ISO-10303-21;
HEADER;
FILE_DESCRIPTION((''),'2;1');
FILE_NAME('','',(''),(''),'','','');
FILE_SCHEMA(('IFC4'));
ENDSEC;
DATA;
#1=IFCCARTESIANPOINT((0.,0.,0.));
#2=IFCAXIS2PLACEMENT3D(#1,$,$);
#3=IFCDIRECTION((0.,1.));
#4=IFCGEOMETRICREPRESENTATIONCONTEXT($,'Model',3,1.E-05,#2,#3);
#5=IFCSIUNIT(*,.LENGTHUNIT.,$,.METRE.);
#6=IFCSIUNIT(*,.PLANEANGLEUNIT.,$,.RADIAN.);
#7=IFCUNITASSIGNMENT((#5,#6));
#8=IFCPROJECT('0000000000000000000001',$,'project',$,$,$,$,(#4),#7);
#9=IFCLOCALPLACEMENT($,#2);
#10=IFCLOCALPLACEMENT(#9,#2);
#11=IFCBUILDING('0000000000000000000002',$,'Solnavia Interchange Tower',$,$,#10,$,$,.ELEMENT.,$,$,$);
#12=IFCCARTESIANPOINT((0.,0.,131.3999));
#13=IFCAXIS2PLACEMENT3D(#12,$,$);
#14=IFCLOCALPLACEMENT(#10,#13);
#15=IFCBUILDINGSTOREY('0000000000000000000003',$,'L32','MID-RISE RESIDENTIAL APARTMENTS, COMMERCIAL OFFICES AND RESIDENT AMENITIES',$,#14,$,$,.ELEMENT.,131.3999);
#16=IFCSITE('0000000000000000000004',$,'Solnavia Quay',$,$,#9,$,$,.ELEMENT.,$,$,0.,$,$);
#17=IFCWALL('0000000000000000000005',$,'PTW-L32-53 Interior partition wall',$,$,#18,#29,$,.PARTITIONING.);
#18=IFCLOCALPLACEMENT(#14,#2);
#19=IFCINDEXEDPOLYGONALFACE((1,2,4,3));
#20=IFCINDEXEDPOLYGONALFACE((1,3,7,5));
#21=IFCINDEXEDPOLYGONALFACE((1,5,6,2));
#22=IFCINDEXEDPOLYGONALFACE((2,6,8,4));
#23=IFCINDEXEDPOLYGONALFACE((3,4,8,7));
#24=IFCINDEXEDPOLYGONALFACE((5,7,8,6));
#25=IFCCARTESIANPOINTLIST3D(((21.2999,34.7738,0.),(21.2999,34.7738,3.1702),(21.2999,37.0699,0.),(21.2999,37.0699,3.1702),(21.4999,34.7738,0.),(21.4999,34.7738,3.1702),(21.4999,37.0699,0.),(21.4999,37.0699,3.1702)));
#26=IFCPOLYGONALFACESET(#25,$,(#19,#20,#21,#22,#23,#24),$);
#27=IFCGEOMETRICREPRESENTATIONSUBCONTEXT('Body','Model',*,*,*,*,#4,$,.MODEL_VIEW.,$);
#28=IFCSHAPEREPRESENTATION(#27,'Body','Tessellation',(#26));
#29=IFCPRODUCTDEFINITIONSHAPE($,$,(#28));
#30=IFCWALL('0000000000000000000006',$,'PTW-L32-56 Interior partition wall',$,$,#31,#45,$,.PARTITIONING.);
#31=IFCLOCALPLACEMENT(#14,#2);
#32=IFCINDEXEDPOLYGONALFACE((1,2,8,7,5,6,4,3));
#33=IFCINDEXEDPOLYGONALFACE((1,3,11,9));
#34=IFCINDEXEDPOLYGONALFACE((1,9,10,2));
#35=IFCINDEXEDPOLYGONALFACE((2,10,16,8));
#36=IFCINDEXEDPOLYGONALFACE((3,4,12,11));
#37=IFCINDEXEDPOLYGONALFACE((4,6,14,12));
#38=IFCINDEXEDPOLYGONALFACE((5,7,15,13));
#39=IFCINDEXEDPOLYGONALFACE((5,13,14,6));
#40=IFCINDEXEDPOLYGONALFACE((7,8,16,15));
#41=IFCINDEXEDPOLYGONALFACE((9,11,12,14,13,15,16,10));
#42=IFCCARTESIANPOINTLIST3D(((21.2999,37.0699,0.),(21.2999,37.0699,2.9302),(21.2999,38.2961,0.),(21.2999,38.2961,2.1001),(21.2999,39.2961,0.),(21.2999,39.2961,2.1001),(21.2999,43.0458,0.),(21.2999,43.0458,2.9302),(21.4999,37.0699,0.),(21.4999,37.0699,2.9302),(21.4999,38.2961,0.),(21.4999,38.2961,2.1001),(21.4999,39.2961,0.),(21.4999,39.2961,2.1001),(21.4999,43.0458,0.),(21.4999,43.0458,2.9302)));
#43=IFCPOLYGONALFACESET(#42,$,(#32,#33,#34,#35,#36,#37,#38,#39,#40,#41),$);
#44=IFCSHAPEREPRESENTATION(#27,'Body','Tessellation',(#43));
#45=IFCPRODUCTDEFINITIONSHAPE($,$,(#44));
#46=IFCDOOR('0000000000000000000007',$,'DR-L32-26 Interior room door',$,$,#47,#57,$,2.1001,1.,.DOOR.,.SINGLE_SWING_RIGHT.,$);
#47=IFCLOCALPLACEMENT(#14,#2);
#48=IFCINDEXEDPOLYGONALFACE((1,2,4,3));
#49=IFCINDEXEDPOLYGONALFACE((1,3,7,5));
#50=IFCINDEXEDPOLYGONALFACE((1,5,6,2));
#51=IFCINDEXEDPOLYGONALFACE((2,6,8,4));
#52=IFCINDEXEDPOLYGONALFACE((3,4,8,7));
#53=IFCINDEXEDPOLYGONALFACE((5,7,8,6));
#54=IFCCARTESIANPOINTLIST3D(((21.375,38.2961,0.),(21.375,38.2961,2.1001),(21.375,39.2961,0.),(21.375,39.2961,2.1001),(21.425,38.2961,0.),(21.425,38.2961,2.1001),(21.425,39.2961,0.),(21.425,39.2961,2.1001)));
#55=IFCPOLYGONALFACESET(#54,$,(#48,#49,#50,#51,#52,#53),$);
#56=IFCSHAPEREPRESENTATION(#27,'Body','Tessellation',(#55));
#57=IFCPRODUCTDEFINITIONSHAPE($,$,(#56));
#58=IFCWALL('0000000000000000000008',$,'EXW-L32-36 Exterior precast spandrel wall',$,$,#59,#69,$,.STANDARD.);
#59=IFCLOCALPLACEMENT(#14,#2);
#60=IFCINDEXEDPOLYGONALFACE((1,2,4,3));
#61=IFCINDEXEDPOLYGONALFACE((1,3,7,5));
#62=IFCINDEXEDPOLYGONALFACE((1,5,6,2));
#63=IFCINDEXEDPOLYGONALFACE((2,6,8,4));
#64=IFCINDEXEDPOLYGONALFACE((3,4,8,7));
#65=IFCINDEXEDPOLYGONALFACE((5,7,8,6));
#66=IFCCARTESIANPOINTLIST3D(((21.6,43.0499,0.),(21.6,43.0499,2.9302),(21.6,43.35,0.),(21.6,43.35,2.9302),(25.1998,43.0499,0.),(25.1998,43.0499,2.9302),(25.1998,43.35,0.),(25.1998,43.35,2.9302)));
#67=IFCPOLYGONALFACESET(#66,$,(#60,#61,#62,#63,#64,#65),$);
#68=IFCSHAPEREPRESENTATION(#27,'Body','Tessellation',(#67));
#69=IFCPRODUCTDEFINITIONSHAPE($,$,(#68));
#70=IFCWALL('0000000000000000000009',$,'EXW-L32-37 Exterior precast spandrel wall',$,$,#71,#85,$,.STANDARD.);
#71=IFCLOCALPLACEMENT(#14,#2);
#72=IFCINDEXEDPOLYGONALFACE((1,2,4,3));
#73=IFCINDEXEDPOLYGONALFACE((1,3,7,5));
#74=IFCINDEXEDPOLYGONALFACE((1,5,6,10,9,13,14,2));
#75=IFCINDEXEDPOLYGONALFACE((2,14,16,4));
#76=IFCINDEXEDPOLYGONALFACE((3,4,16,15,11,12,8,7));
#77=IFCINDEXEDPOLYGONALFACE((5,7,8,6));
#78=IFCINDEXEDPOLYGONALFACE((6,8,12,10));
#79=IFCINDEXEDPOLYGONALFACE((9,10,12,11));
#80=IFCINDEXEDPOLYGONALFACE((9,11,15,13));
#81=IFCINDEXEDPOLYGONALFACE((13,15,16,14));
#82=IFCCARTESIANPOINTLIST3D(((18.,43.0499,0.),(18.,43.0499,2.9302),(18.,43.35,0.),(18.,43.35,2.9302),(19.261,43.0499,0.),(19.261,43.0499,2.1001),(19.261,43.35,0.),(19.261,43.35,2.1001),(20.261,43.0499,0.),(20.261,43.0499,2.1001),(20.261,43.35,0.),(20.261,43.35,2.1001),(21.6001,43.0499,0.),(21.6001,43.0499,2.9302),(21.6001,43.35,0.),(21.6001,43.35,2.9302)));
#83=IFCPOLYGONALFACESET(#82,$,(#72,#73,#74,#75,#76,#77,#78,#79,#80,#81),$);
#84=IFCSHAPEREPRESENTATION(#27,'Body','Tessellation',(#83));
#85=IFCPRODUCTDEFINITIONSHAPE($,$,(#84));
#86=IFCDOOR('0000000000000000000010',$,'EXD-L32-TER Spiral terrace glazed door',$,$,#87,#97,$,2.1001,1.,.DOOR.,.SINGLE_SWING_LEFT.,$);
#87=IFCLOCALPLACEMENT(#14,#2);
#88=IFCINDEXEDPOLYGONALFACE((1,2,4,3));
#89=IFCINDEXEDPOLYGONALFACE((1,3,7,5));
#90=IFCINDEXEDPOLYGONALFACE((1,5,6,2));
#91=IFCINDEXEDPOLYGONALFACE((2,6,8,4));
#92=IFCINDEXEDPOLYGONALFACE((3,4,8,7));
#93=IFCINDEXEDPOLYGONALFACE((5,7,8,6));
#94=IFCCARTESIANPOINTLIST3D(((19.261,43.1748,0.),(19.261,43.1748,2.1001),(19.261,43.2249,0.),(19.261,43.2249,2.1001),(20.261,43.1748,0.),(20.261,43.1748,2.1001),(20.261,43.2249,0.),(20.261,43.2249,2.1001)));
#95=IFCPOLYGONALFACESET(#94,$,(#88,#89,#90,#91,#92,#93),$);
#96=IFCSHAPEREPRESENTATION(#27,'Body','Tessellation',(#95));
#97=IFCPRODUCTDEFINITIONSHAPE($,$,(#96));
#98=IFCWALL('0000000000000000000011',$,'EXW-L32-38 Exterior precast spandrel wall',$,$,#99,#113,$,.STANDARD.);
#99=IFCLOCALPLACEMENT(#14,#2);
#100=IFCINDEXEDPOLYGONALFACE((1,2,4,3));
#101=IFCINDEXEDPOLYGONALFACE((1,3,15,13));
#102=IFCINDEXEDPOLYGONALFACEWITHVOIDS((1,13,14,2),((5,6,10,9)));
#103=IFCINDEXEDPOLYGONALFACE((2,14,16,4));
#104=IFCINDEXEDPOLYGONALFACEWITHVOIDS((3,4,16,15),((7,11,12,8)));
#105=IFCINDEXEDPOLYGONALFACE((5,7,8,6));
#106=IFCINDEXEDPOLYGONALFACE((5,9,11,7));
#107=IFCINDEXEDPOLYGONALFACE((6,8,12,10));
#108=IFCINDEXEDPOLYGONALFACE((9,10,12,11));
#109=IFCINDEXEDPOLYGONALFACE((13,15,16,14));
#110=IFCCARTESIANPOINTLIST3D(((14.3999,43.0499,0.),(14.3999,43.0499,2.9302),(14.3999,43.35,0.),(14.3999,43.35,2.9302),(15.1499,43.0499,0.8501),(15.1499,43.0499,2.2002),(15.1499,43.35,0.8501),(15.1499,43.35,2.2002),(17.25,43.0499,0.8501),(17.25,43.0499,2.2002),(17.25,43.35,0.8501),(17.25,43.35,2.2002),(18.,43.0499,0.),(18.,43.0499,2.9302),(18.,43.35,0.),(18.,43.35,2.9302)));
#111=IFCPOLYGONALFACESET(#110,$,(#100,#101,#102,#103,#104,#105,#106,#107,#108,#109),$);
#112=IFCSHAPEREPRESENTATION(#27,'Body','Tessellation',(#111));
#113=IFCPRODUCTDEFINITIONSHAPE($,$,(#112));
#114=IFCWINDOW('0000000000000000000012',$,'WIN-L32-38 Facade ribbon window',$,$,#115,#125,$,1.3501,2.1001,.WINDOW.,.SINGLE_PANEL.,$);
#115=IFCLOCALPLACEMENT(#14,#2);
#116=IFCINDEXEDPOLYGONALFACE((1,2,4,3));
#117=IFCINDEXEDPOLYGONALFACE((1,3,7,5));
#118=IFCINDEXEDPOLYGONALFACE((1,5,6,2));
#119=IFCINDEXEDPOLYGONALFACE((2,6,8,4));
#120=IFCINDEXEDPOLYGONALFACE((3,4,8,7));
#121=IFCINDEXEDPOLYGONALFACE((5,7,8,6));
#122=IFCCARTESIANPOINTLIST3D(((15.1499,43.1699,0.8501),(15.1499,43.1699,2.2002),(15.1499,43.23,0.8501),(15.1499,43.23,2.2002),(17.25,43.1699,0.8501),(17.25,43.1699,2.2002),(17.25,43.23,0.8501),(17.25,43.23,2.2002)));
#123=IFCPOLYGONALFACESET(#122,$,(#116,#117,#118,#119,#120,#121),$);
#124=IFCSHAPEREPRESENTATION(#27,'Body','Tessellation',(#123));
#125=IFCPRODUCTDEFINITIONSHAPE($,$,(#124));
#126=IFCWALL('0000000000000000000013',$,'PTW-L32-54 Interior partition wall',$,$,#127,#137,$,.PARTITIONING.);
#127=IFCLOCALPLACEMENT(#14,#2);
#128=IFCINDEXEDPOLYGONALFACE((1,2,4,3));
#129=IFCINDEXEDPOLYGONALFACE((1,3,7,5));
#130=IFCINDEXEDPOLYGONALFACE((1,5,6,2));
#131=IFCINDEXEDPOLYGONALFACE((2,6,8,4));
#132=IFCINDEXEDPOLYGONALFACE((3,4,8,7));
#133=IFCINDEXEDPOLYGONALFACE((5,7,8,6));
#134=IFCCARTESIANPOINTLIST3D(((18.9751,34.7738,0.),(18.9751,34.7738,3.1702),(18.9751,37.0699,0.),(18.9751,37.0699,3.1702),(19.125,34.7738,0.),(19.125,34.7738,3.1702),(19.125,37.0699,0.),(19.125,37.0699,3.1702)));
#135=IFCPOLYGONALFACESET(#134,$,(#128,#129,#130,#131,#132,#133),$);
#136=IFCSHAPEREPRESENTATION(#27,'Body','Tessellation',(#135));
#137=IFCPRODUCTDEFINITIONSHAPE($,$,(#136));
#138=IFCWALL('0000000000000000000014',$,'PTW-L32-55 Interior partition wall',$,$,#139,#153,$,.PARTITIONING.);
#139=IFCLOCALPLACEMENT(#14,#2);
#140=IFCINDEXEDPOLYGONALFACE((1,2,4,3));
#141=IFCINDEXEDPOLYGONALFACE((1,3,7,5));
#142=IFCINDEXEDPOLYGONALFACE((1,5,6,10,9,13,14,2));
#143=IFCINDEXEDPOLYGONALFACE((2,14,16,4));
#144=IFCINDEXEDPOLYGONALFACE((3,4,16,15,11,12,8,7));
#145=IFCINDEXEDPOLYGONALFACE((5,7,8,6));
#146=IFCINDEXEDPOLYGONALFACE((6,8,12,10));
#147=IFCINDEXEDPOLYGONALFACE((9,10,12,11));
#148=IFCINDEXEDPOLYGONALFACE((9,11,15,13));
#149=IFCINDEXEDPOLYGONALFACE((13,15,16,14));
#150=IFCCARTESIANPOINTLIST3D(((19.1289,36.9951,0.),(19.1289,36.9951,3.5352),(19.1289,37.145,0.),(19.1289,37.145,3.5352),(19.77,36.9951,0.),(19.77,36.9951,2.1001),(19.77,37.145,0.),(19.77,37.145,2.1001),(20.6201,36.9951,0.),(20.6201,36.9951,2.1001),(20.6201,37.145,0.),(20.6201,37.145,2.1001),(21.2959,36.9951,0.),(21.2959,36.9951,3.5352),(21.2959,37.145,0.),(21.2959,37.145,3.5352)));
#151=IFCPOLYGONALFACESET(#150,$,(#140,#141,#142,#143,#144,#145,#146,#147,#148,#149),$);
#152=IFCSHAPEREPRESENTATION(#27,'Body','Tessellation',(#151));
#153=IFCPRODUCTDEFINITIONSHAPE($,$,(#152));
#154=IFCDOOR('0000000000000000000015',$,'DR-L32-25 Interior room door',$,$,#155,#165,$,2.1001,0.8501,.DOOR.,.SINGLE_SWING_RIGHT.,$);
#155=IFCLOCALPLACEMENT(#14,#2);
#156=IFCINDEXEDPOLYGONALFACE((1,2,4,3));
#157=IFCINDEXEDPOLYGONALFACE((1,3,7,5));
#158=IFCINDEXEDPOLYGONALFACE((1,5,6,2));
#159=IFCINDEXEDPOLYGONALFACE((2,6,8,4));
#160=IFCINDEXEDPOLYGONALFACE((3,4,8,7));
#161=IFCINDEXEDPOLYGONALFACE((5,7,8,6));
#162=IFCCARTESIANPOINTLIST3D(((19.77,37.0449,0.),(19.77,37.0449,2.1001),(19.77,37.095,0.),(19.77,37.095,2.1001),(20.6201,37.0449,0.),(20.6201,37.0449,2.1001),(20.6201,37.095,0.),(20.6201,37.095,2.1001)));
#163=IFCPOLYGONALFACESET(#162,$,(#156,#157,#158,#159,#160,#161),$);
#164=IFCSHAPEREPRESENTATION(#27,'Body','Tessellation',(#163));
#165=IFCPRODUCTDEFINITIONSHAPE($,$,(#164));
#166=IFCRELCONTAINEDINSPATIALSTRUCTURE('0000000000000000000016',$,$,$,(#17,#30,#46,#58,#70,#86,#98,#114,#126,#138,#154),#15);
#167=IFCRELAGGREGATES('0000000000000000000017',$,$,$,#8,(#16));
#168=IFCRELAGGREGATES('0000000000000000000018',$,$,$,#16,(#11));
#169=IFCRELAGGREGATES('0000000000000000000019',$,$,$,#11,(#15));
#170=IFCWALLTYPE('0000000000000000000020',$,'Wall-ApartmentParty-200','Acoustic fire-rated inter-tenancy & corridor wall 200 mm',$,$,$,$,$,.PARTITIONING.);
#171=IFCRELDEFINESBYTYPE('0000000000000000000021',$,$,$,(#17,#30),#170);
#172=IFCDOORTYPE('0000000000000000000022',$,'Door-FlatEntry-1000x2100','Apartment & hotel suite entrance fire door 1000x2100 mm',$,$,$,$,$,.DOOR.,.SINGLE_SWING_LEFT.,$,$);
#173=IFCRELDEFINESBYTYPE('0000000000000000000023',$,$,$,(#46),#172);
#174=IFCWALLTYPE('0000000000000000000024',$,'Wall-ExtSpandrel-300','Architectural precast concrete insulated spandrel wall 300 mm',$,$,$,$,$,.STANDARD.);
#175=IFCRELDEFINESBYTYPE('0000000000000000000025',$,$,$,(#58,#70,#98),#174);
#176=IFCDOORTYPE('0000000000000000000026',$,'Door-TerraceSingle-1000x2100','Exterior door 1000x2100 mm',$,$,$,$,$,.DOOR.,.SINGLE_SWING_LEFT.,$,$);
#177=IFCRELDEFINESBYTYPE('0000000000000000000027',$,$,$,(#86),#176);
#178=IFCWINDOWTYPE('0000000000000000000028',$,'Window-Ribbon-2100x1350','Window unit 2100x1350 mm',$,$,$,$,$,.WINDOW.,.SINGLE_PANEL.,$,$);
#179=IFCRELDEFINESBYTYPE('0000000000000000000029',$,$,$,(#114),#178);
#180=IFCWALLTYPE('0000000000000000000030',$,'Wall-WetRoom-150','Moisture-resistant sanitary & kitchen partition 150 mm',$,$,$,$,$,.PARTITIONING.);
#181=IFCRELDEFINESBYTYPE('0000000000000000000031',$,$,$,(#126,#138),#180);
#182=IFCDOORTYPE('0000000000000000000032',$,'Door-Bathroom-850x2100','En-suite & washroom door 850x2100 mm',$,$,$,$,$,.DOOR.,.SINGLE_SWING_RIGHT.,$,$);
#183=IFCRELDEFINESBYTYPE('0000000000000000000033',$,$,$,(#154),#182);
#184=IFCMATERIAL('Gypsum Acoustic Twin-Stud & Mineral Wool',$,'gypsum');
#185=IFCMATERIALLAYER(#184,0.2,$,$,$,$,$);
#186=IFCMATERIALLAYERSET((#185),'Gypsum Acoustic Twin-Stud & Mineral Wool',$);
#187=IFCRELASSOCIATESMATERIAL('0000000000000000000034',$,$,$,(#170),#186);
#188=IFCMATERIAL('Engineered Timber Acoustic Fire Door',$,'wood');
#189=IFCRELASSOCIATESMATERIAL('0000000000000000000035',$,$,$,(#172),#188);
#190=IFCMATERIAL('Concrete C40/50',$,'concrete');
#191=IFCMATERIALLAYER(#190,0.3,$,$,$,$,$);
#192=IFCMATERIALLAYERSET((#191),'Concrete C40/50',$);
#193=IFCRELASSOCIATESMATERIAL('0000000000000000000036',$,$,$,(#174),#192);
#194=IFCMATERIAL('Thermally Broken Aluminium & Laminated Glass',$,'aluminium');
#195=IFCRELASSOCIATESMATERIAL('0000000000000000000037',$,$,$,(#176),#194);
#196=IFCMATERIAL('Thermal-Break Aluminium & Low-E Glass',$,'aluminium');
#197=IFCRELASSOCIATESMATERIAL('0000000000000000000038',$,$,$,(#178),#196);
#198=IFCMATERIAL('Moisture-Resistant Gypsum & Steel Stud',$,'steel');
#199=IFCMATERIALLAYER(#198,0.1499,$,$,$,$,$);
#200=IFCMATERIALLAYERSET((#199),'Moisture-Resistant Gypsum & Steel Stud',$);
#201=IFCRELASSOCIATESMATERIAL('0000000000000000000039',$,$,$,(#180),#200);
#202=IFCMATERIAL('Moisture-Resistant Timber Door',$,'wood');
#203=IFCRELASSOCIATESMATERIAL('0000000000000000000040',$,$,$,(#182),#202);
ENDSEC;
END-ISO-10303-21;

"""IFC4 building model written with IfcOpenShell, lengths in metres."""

from ifc_helpers import new_model, si_unit, direction, frame, frame_2d, origin, place, context, subcontext, project, spatial, rectangle, extrude, material, layer, layer_set, type_object, element, fill, save


model = new_model("IFC4")

# Units and contexts
model_context = context("Model", 3, precision=1e-05, world=origin(), true_north=direction((0.0, 1.0)))
body_context = subcontext(model_context, "Body", "Model", "MODEL_VIEW")
ifc_project = project(units=[si_unit("LENGTHUNIT", "METRE"), si_unit("PLANEANGLEUNIT", "RADIAN")], contexts=[model_context])

# Site, building, storey
site_placement = place(None, origin())
site = spatial("IfcSite", under=ifc_project, at=site_placement, Name="Solnavia Quay", CompositionType="ELEMENT", RefElevation=0.0)
building_placement = place(site_placement, origin())
building = spatial("IfcBuilding", under=site, at=building_placement, Name="Solnavia Interchange Tower", CompositionType="ELEMENT")
storey_placement = place(building_placement, frame((0.0, 0.0, 131.3999)))
storey = spatial("IfcBuildingStorey", under=building, at=storey_placement, Name="L32", Description="MID-RISE RESIDENTIAL APARTMENTS, COMMERCIAL OFFICES AND RESIDENT AMENITIES", CompositionType="ELEMENT", Elevation=131.3999)

# Wall
ifc_material_1 = material(Name="Gypsum Acoustic Twin-Stud & Mineral Wool", Category="gypsum")
ifc_layer_1 = layer(ifc_material_1, 0.2)
ifc_layer_set_1 = layer_set([ifc_layer_1], Name="Gypsum Acoustic Twin-Stud & Mineral Wool")
wall_type_1 = type_object("IfcWallType", Name="Wall-ApartmentParty-200", Description="Acoustic fire-rated inter-tenancy & corridor wall 200 mm", PredefinedType="PARTITIONING", material=ifc_layer_set_1)
wall_1_placement = place(storey_placement, frame((21.3999, 34.7739, 0.0), z_axis=(0.0, 0.0, 1.0), x_axis=(0.0, 1.0, 0.0)))
element("IfcWall", 1, at=wall_1_placement, inside=storey, type_object=wall_type_1, Name="PTW-L32-53 Interior partition wall", PredefinedType="PARTITIONING", context=body_context, shape_type="SweptSolid", body=[
    extrude(rectangle(XDim=2.2961, YDim=0.2, at=frame_2d((1.1479, 0.0))), origin(), (0.0, 0.0, 1.0), 3.1702),
])

# Wall, opening, door
wall_2_placement = place(storey_placement, frame((21.3999, 37.0701, 0.0), z_axis=(0.0, 0.0, 1.0), x_axis=(0.0, 1.0, 0.0)))
wall_2 = element("IfcWall", 2, at=wall_2_placement, inside=storey, type_object=wall_type_1, Name="PTW-L32-56 Interior partition wall", PredefinedType="PARTITIONING", context=body_context, shape_type="SweptSolid", body=[
    extrude(rectangle(XDim=5.9758, YDim=0.2, at=frame_2d((2.9878, 0.0))), origin(), (0.0, 0.0, 1.0), 2.9302),
])
opening_1_placement = place(wall_2_placement, frame((1.2261, 0.0, 0.0)))
opening_1 = element("IfcOpeningElement", 3, at=opening_1_placement, cuts=wall_2, PredefinedType="OPENING", context=body_context, shape_type="SweptSolid", body=[
    extrude(rectangle(XDim=1.0, YDim=2.1001, at=frame_2d((0.5, 1.05))), frame((0.0, 0.1099, 0.0), z_axis=(0.0, -1.0, 0.0), x_axis=(1.0, 0.0, 0.0)), (0.0, 0.0, 1.0), 0.22),
])
ifc_material_2 = material(Name="Engineered Timber Acoustic Fire Door", Category="wood")
door_type_1 = type_object("IfcDoorType", Name="Door-FlatEntry-1000x2100", Description="Apartment & hotel suite entrance fire door 1000x2100 mm", OperationType="SINGLE_SWING_LEFT", PredefinedType="DOOR", material=ifc_material_2)
door_1_placement = place(opening_1_placement, origin())
door_1 = element("IfcDoor", 4, at=door_1_placement, inside=storey, type_object=door_type_1, Name="DR-L32-26 Interior room door", OperationType="SINGLE_SWING_RIGHT", OverallHeight=2.1001, OverallWidth=1.0, PredefinedType="DOOR", context=body_context, shape_type="SweptSolid", body=[
    extrude(rectangle(XDim=1.0, YDim=2.1001, at=frame_2d((0.5, 1.05))), frame((0.0, 0.0249, 0.0), z_axis=(0.0, -1.0, 0.0), x_axis=(1.0, 0.0, 0.0)), (0.0, 0.0, 1.0), 0.05),
])
fill(opening_1, door_1)

# Wall
ifc_material_3 = material(Name="Concrete C40/50", Category="concrete")
ifc_layer_2 = layer(ifc_material_3, 0.3)
ifc_layer_set_2 = layer_set([ifc_layer_2], Name="Concrete C40/50")
wall_type_2 = type_object("IfcWallType", Name="Wall-ExtSpandrel-300", Description="Architectural precast concrete insulated spandrel wall 300 mm", PredefinedType="STANDARD", material=ifc_layer_set_2)
wall_3_placement = place(storey_placement, frame((21.6001, 43.2, 0.0), z_axis=(0.0, 0.0, 1.0), x_axis=(1.0, 0.0, 0.0)))
element("IfcWall", 5, at=wall_3_placement, inside=storey, type_object=wall_type_2, Name="EXW-L32-36 Exterior precast spandrel wall", PredefinedType="STANDARD", context=body_context, shape_type="SweptSolid", body=[
    extrude(rectangle(XDim=3.5999, YDim=0.3, at=frame_2d((1.7998, 0.0))), origin(), (0.0, 0.0, 1.0), 2.9302),
])

# Wall, opening, door
wall_4_placement = place(storey_placement, frame((18.0, 43.2, 0.0), z_axis=(0.0, 0.0, 1.0), x_axis=(1.0, 0.0, 0.0)))
wall_4 = element("IfcWall", 6, at=wall_4_placement, inside=storey, type_object=wall_type_2, Name="EXW-L32-37 Exterior precast spandrel wall", PredefinedType="STANDARD", context=body_context, shape_type="SweptSolid", body=[
    extrude(rectangle(XDim=3.6001, YDim=0.3, at=frame_2d((1.8, 0.0))), origin(), (0.0, 0.0, 1.0), 2.9302),
])
opening_2_placement = place(wall_4_placement, frame((1.261, 0.0, 0.0)))
opening_2 = element("IfcOpeningElement", 7, at=opening_2_placement, cuts=wall_4, PredefinedType="OPENING", context=body_context, shape_type="SweptSolid", body=[
    extrude(rectangle(XDim=1.0, YDim=2.1001, at=frame_2d((0.5, 1.05))), frame((0.0, 0.1602, 0.0), z_axis=(0.0, -1.0, 0.0), x_axis=(1.0, 0.0, 0.0)), (0.0, 0.0, 1.0), 0.3201),
])
ifc_material_4 = material(Name="Thermally Broken Aluminium & Laminated Glass", Category="aluminium")
door_type_2 = type_object("IfcDoorType", Name="Door-TerraceSingle-1000x2100", Description="Exterior door 1000x2100 mm", OperationType="SINGLE_SWING_LEFT", PredefinedType="DOOR", material=ifc_material_4)
door_2_placement = place(opening_2_placement, origin())
door_2 = element("IfcDoor", 8, at=door_2_placement, inside=storey, type_object=door_type_2, Name="EXD-L32-TER Spiral terrace glazed door", OperationType="SINGLE_SWING_LEFT", OverallHeight=2.1001, OverallWidth=1.0, PredefinedType="DOOR", context=body_context, shape_type="SweptSolid", body=[
    extrude(rectangle(XDim=1.0, YDim=2.1001, at=frame_2d((0.5, 1.05))), frame((0.0, 0.0249, 0.0), z_axis=(0.0, -1.0, 0.0), x_axis=(1.0, 0.0, 0.0)), (0.0, 0.0, 1.0), 0.05),
])
fill(opening_2, door_2)

# Wall, opening, window
wall_5_placement = place(storey_placement, frame((14.3999, 43.2, 0.0), z_axis=(0.0, 0.0, 1.0), x_axis=(1.0, 0.0, 0.0)))
wall_5 = element("IfcWall", 9, at=wall_5_placement, inside=storey, type_object=wall_type_2, Name="EXW-L32-38 Exterior precast spandrel wall", PredefinedType="STANDARD", context=body_context, shape_type="SweptSolid", body=[
    extrude(rectangle(XDim=3.6001, YDim=0.3, at=frame_2d((1.8, 0.0))), origin(), (0.0, 0.0, 1.0), 2.9302),
])
opening_3_placement = place(wall_5_placement, frame((0.75, 0.0, 0.8501)))
opening_3 = element("IfcOpeningElement", 10, at=opening_3_placement, cuts=wall_5, PredefinedType="OPENING", context=body_context, shape_type="SweptSolid", body=[
    extrude(rectangle(XDim=2.1001, YDim=1.3501, at=frame_2d((1.05, 0.675))), frame((0.0, 0.1602, 0.0), z_axis=(0.0, -1.0, 0.0), x_axis=(1.0, 0.0, 0.0)), (0.0, 0.0, 1.0), 0.3201),
])
ifc_material_5 = material(Name="Thermal-Break Aluminium & Low-E Glass", Category="aluminium")
window_type = type_object("IfcWindowType", Name="Window-Ribbon-2100x1350", Description="Window unit 2100x1350 mm", PartitioningType="SINGLE_PANEL", PredefinedType="WINDOW", material=ifc_material_5)
window_placement = place(opening_3_placement, origin())
window = element("IfcWindow", 11, at=window_placement, inside=storey, type_object=window_type, Name="WIN-L32-38 Facade ribbon window", OverallHeight=1.3501, OverallWidth=2.1001, PartitioningType="SINGLE_PANEL", PredefinedType="WINDOW", context=body_context, shape_type="SweptSolid", body=[
    extrude(rectangle(XDim=2.1001, YDim=1.3501, at=frame_2d((1.05, 0.675))), frame((0.0, 0.03, 0.0), z_axis=(0.0, -1.0, 0.0), x_axis=(1.0, 0.0, 0.0)), (0.0, 0.0, 1.0), 0.0601),
])
fill(opening_3, window)

# Wall
ifc_material_6 = material(Name="Moisture-Resistant Gypsum & Steel Stud", Category="steel")
ifc_layer_3 = layer(ifc_material_6, 0.1499)
ifc_layer_set_3 = layer_set([ifc_layer_3], Name="Moisture-Resistant Gypsum & Steel Stud")
wall_type_3 = type_object("IfcWallType", Name="Wall-WetRoom-150", Description="Moisture-resistant sanitary & kitchen partition 150 mm", PredefinedType="PARTITIONING", material=ifc_layer_set_3)
wall_6_placement = place(storey_placement, frame((19.05, 34.7739, 0.0), z_axis=(0.0, 0.0, 1.0), x_axis=(0.0, 1.0, 0.0)))
element("IfcWall", 12, at=wall_6_placement, inside=storey, type_object=wall_type_3, Name="PTW-L32-54 Interior partition wall", PredefinedType="PARTITIONING", context=body_context, shape_type="SweptSolid", body=[
    extrude(rectangle(XDim=2.2961, YDim=0.1499, at=frame_2d((1.1479, 0.0))), origin(), (0.0, 0.0, 1.0), 3.1702),
])

# Wall, opening, door
wall_7_placement = place(storey_placement, frame((19.1289, 37.0701, 0.0), z_axis=(0.0, 0.0, 1.0), x_axis=(1.0, 0.0, 0.0)))
wall_7 = element("IfcWall", 13, at=wall_7_placement, inside=storey, type_object=wall_type_3, Name="PTW-L32-55 Interior partition wall", PredefinedType="PARTITIONING", context=body_context, shape_type="SweptSolid", body=[
    extrude(rectangle(XDim=2.167, YDim=0.1499, at=frame_2d((1.0835, 0.0))), origin(), (0.0, 0.0, 1.0), 3.5352),
])
opening_4_placement = place(wall_7_placement, frame((0.6411, 0.0, 0.0)))
opening_4 = element("IfcOpeningElement", 14, at=opening_4_placement, cuts=wall_7, PredefinedType="OPENING", context=body_context, shape_type="SweptSolid", body=[
    extrude(rectangle(XDim=0.8501, YDim=2.1001, at=frame_2d((0.425, 1.05))), frame((0.0, 0.085, 0.0), z_axis=(0.0, -1.0, 0.0), x_axis=(1.0, 0.0, 0.0)), (0.0, 0.0, 1.0), 0.1699),
])
ifc_material_7 = material(Name="Moisture-Resistant Timber Door", Category="wood")
door_type_3 = type_object("IfcDoorType", Name="Door-Bathroom-850x2100", Description="En-suite & washroom door 850x2100 mm", OperationType="SINGLE_SWING_RIGHT", PredefinedType="DOOR", material=ifc_material_7)
door_3_placement = place(opening_4_placement, origin())
door_3 = element("IfcDoor", 15, at=door_3_placement, inside=storey, type_object=door_type_3, Name="DR-L32-25 Interior room door", OperationType="SINGLE_SWING_RIGHT", OverallHeight=2.1001, OverallWidth=0.8501, PredefinedType="DOOR", context=body_context, shape_type="SweptSolid", body=[
    extrude(rectangle(XDim=0.8501, YDim=2.1001, at=frame_2d((0.425, 1.05))), frame((0.0, 0.0249, 0.0), z_axis=(0.0, -1.0, 0.0), x_axis=(1.0, 0.0, 0.0)), (0.0, 0.0, 1.0), 0.05),
])
fill(opening_4, door_3)

save(model, "model.ifc")
